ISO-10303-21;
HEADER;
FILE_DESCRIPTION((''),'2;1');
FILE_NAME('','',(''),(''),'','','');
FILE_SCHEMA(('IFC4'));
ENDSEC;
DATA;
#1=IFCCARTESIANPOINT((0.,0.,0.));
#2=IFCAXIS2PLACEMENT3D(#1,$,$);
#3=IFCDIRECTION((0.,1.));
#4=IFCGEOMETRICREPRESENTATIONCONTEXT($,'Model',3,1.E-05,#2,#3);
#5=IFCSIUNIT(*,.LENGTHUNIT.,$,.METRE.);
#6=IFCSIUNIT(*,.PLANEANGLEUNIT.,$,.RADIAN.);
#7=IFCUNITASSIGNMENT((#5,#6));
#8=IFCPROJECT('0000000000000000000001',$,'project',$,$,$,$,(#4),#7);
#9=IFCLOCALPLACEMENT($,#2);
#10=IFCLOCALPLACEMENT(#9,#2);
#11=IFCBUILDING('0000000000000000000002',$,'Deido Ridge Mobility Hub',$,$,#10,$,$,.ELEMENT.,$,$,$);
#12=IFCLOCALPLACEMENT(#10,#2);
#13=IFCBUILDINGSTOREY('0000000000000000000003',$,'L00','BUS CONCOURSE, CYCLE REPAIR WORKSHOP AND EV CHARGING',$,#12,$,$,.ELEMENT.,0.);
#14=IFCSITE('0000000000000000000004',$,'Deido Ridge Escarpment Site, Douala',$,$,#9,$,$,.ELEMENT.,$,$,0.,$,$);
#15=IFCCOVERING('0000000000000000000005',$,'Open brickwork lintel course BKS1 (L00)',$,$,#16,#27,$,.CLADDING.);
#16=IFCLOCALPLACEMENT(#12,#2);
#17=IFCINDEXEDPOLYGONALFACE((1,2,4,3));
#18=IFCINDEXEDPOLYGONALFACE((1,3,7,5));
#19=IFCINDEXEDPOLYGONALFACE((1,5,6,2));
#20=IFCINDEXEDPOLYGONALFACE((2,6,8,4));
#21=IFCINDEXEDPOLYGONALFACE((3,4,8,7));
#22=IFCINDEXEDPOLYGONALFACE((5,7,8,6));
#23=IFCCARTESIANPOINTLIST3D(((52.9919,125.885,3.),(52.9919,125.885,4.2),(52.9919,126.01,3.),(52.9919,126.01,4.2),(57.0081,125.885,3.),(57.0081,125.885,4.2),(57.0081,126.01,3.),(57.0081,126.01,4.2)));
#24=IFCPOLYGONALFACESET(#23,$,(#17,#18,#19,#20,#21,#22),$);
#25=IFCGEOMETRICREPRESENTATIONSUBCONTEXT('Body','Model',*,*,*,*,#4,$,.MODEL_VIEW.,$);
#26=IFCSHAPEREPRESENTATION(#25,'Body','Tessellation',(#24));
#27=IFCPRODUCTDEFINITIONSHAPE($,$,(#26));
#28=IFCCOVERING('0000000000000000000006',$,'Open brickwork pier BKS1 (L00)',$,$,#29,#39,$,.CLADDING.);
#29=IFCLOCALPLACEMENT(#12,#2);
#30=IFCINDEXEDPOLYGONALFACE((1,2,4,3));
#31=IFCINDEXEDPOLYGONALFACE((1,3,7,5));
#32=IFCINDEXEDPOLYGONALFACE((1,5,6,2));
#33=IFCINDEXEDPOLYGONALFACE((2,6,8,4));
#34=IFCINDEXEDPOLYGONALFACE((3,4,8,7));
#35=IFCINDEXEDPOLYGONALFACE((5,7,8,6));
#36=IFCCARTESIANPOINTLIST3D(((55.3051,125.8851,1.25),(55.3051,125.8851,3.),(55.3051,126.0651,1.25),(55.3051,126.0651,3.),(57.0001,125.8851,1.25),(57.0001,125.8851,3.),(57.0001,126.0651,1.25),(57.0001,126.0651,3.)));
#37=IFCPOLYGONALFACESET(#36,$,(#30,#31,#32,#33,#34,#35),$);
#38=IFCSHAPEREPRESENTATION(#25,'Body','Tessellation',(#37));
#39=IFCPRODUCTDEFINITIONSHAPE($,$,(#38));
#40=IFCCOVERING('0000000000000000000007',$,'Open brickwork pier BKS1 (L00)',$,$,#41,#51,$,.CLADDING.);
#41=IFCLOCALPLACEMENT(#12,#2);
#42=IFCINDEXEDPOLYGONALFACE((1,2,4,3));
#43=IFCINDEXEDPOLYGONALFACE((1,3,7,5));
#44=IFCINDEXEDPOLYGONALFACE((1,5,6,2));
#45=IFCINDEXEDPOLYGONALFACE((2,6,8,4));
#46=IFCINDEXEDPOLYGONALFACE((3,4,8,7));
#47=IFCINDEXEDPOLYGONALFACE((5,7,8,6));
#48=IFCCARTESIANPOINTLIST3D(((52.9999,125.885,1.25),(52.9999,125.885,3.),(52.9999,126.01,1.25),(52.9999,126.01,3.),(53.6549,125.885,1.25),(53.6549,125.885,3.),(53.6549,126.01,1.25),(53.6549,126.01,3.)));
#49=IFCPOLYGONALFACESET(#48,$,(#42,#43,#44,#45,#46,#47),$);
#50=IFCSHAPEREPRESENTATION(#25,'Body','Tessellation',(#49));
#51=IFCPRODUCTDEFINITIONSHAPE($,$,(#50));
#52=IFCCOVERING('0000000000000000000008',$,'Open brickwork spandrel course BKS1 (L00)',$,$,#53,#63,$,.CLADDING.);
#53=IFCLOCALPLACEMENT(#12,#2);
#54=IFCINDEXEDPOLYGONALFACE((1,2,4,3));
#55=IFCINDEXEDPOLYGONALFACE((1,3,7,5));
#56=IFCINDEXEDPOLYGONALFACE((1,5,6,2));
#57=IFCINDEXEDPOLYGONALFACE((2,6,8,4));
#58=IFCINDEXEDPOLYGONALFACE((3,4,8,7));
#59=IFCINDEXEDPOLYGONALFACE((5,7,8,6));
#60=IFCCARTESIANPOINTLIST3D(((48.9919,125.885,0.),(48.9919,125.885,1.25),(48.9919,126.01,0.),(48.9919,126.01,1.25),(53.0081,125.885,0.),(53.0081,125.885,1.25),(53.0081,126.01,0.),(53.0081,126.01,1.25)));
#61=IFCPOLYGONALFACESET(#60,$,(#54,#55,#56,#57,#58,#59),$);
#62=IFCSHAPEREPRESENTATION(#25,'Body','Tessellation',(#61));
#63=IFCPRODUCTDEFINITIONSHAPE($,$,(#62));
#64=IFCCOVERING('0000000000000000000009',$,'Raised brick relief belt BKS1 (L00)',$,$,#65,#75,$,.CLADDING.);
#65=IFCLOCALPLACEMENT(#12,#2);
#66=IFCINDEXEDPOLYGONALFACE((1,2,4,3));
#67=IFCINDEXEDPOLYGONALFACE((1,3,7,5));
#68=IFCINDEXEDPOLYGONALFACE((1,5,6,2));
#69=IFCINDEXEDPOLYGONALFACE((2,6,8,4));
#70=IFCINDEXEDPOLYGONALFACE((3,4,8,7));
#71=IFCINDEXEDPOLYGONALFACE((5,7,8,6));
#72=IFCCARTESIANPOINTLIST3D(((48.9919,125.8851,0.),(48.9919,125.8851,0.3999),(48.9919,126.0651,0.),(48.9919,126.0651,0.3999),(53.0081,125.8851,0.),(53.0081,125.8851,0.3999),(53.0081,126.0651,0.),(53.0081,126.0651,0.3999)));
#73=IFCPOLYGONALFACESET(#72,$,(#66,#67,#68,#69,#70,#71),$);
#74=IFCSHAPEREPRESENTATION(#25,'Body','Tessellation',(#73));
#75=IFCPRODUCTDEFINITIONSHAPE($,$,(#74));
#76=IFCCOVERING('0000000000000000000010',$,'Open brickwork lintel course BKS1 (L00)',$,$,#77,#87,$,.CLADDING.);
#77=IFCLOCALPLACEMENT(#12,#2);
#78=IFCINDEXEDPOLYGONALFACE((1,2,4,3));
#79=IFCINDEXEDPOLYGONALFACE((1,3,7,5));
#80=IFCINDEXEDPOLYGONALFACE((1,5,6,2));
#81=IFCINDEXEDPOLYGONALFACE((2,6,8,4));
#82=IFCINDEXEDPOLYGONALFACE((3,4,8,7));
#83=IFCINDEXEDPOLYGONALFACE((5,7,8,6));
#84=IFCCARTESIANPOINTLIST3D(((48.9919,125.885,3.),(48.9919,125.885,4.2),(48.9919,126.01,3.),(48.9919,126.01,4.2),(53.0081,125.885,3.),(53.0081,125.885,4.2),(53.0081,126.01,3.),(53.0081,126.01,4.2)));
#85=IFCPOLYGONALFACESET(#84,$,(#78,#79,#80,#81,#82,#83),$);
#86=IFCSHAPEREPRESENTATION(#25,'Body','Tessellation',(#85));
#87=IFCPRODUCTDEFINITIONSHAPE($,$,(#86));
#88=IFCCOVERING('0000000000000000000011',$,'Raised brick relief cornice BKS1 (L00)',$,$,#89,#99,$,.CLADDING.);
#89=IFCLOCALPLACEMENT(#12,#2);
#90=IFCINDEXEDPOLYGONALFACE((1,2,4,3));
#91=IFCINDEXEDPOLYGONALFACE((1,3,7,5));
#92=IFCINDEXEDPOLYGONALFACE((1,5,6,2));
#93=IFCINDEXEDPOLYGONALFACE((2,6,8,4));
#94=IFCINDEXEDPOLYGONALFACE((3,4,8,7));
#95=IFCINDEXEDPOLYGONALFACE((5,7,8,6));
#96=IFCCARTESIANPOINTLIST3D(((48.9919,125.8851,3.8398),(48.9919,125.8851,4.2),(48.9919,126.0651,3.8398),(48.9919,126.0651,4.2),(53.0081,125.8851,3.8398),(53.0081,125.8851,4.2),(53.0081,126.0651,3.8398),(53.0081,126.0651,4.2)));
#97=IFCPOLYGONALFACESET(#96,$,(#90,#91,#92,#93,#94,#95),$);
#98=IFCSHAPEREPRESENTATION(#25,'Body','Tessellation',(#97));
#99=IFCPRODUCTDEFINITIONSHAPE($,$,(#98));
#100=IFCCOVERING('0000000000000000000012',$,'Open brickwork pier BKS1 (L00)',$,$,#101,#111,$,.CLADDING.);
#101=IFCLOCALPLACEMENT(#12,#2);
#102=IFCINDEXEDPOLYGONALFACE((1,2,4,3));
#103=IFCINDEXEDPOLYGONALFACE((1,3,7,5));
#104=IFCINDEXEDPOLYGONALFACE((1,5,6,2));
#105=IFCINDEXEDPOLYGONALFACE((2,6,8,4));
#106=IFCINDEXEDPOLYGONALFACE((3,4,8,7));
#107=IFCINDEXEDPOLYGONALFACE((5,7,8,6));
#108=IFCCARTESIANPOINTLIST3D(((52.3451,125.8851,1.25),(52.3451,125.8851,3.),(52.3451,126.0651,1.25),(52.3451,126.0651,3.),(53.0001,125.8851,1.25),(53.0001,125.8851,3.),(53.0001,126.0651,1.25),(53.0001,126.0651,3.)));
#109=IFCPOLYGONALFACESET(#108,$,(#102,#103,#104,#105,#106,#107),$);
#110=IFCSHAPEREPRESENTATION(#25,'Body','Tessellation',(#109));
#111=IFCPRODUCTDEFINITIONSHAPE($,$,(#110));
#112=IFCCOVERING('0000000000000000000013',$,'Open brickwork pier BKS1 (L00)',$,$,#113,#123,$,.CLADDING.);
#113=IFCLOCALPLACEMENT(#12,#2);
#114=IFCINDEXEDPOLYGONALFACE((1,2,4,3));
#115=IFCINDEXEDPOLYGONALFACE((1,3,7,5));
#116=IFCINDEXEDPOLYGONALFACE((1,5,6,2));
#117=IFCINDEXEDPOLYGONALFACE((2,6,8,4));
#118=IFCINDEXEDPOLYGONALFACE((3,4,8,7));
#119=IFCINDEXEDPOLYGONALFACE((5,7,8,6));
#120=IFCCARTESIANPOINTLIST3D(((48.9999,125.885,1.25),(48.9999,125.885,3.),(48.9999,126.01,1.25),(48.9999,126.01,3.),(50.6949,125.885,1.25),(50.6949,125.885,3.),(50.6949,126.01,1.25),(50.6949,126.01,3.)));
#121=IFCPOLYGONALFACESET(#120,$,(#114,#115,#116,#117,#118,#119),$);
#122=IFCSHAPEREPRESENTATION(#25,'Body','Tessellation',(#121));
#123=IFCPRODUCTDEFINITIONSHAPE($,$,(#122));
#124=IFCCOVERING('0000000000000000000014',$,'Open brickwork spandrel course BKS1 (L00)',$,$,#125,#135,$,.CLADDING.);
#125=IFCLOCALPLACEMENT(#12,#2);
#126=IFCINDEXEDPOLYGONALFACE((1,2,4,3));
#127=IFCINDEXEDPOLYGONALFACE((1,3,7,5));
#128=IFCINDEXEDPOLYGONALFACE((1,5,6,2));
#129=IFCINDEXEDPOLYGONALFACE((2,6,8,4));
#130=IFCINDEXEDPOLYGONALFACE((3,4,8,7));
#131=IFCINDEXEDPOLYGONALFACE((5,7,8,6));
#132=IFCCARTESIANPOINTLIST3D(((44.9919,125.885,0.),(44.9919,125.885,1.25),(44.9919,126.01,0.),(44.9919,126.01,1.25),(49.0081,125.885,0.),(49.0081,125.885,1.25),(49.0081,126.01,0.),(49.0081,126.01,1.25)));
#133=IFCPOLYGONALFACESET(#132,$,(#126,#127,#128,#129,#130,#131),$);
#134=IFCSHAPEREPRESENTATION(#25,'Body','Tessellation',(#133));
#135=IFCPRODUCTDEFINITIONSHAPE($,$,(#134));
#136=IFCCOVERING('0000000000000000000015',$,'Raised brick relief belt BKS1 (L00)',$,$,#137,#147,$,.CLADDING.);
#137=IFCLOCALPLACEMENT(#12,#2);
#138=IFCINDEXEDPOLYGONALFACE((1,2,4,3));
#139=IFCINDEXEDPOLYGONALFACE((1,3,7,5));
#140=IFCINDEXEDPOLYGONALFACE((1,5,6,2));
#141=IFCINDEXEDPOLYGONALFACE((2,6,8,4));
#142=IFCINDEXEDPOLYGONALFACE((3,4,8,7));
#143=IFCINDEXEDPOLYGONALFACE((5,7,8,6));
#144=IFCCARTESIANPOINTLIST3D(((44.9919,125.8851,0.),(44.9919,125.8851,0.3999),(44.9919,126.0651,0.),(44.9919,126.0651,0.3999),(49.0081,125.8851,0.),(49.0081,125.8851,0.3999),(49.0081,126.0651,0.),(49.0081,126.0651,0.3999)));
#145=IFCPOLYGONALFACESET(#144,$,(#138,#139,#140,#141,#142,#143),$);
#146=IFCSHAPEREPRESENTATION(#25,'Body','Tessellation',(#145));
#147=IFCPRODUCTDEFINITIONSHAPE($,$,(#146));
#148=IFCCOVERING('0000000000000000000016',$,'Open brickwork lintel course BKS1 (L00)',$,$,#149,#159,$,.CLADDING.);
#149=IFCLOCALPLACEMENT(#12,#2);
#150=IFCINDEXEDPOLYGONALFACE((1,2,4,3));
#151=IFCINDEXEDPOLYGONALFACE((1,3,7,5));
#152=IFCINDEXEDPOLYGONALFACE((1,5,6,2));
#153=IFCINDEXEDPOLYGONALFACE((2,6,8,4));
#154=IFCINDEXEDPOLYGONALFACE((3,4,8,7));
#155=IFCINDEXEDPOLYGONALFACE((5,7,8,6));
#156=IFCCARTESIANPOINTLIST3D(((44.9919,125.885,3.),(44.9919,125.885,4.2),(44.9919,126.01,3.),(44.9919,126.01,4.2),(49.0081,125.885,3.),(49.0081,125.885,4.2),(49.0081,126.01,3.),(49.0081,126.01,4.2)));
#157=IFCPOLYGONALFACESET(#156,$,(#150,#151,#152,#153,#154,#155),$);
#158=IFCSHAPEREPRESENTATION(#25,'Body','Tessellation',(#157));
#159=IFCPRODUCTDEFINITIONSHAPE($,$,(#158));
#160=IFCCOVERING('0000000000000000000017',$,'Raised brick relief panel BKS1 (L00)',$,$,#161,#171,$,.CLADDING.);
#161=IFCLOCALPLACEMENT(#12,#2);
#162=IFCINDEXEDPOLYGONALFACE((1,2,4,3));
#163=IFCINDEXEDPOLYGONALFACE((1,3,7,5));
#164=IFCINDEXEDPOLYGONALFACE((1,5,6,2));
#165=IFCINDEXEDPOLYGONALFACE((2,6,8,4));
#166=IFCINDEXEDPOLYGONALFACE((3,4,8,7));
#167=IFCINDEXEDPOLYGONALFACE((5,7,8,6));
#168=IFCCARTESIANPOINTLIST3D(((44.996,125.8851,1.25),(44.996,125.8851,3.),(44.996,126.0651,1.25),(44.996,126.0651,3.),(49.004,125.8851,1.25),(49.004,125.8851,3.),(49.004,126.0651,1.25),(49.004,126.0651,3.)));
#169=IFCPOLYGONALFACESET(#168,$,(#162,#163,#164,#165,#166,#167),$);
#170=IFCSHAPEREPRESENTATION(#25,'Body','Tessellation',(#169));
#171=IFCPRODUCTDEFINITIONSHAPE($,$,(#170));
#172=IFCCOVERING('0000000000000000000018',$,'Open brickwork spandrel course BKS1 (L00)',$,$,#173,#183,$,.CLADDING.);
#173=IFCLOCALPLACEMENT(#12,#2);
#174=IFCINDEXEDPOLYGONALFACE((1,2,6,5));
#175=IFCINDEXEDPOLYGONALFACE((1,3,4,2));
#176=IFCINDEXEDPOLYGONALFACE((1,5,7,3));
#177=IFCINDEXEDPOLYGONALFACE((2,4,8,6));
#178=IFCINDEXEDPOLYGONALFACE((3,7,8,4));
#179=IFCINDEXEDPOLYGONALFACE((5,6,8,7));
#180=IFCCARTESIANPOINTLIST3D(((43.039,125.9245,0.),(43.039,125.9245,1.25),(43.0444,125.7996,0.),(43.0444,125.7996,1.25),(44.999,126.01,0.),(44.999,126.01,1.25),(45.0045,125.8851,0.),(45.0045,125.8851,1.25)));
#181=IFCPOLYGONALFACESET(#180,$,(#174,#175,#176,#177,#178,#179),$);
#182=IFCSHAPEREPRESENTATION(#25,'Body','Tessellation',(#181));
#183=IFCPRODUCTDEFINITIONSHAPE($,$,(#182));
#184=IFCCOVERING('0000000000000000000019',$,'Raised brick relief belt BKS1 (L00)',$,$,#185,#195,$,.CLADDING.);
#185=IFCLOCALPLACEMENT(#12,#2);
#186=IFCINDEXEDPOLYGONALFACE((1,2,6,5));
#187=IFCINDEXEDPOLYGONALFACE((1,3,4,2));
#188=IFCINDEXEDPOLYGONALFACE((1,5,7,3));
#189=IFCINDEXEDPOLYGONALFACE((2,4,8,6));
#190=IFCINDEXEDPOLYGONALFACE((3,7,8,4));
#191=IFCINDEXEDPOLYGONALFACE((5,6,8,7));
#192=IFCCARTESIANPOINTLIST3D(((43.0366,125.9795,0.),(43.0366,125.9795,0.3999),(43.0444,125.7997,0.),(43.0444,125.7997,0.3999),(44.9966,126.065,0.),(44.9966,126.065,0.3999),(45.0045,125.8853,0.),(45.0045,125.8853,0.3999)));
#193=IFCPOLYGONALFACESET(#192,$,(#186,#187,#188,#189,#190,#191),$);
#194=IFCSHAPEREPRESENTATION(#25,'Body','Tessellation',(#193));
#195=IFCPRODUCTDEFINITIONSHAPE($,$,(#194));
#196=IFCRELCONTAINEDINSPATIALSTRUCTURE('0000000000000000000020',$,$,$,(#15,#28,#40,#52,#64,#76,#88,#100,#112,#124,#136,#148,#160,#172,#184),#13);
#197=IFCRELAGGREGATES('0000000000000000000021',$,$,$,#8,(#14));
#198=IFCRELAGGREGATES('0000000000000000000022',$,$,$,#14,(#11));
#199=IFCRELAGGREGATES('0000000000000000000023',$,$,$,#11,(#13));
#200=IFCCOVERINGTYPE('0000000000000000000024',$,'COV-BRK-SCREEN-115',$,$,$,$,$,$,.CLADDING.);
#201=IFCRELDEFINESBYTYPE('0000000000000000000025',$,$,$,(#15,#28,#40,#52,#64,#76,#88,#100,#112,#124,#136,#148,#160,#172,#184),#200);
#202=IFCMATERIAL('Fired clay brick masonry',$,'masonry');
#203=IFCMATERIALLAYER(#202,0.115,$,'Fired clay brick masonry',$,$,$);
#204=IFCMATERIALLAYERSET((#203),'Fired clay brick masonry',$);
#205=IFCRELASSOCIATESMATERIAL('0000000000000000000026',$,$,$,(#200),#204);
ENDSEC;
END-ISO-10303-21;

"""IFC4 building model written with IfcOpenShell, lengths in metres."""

from ifc_helpers import new_model, si_unit, direction, frame, origin, origin_2d, place, context, subcontext, project, spatial, rectangle, extrude, material, layer, layer_set, type_object, element, save


model = new_model("IFC4")

# Units and contexts
model_context = context("Model", 3, precision=1e-05, world=origin(), true_north=direction((0.0, 1.0)))
body_context = subcontext(model_context, "Body", "Model", "MODEL_VIEW")
ifc_project = project(units=[si_unit("LENGTHUNIT", "METRE"), si_unit("PLANEANGLEUNIT", "RADIAN")], contexts=[model_context])

# Site, building, storey
site_placement = place(None, origin())
site = spatial("IfcSite", under=ifc_project, at=site_placement, Name="Deido Ridge Escarpment Site, Douala", CompositionType="ELEMENT", RefElevation=0.0)
building_placement = place(site_placement, origin())
building = spatial("IfcBuilding", under=site, at=building_placement, Name="Deido Ridge Mobility Hub", CompositionType="ELEMENT")
storey_placement = place(building_placement, origin())
storey = spatial("IfcBuildingStorey", under=building, at=storey_placement, Name="L00", Description="BUS CONCOURSE, CYCLE REPAIR WORKSHOP AND EV CHARGING", CompositionType="ELEMENT", Elevation=0.0)

# Coverings
ifc_material_1 = material(Name="Fired clay brick masonry", Category="masonry")
ifc_layer = layer(ifc_material_1, 0.115, Name="Fired clay brick masonry")
ifc_layer_set = layer_set([ifc_layer], Name="Fired clay brick masonry")
covering_type = type_object("IfcCoveringType", Name="COV-BRK-SCREEN-115", PredefinedType="CLADDING", material=ifc_layer_set)
covering_1_placement = place(storey_placement, frame((55.0, 125.9475, 3.0), z_axis=(0.0, 0.0, 1.0), x_axis=(-1.0, 0.0, 0.0)))
element("IfcCovering", 1, at=covering_1_placement, inside=storey, type_object=covering_type, Name="Open brickwork lintel course BKS1 (L00)", PredefinedType="CLADDING", context=body_context, shape_type="SweptSolid", body=[
    extrude(rectangle(XDim=4.0161, YDim=0.125, at=origin_2d()), origin(), (0.0, 0.0, 1.0), 1.2),
])
covering_2_placement = place(storey_placement, frame((56.1526, 125.9751, 1.25), z_axis=(0.0, 0.0, 1.0), x_axis=(-1.0, 0.0, 0.0)))
element("IfcCovering", 2, at=covering_2_placement, inside=storey, type_object=covering_type, Name="Open brickwork pier BKS1 (L00)", PredefinedType="CLADDING", context=body_context, shape_type="SweptSolid", body=[
    extrude(rectangle(XDim=1.6951, YDim=0.1799, at=origin_2d()), origin(), (0.0, 0.0, 1.0), 1.75),
])
covering_3_placement = place(storey_placement, frame((53.3274, 125.9475, 1.25), z_axis=(0.0, 0.0, 1.0), x_axis=(-1.0, 0.0, 0.0)))
element("IfcCovering", 3, at=covering_3_placement, inside=storey, type_object=covering_type, Name="Open brickwork pier BKS1 (L00)", PredefinedType="CLADDING", context=body_context, shape_type="SweptSolid", body=[
    extrude(rectangle(XDim=0.655, YDim=0.125, at=origin_2d()), origin(), (0.0, 0.0, 1.0), 1.75),
])
covering_4_placement = place(storey_placement, frame((51.0, 125.9475, 0.0), z_axis=(0.0, 0.0, 1.0), x_axis=(-1.0, 0.0, 0.0)))
element("IfcCovering", 4, at=covering_4_placement, inside=storey, type_object=covering_type, Name="Open brickwork spandrel course BKS1 (L00)", PredefinedType="CLADDING", context=body_context, shape_type="SweptSolid", body=[
    extrude(rectangle(XDim=4.0161, YDim=0.125, at=origin_2d()), origin(), (0.0, 0.0, 1.0), 1.25),
])
covering_5_placement = place(storey_placement, frame((51.0, 125.9751, 0.0), z_axis=(0.0, 0.0, 1.0), x_axis=(-1.0, 0.0, 0.0)))
element("IfcCovering", 5, at=covering_5_placement, inside=storey, type_object=covering_type, Name="Raised brick relief belt BKS1 (L00)", PredefinedType="CLADDING", context=body_context, shape_type="SweptSolid", body=[
    extrude(rectangle(XDim=4.0161, YDim=0.1799, at=origin_2d()), origin(), (0.0, 0.0, 1.0), 0.3999),
])
covering_6_placement = place(storey_placement, frame((51.0, 125.9475, 3.0), z_axis=(0.0, 0.0, 1.0), x_axis=(-1.0, 0.0, 0.0)))
element("IfcCovering", 6, at=covering_6_placement, inside=storey, type_object=covering_type, Name="Open brickwork lintel course BKS1 (L00)", PredefinedType="CLADDING", context=body_context, shape_type="SweptSolid", body=[
    extrude(rectangle(XDim=4.0161, YDim=0.125, at=origin_2d()), origin(), (0.0, 0.0, 1.0), 1.2),
])
covering_7_placement = place(storey_placement, frame((51.0, 125.9751, 3.8398), z_axis=(0.0, 0.0, 1.0), x_axis=(-1.0, 0.0, 0.0)))
element("IfcCovering", 7, at=covering_7_placement, inside=storey, type_object=covering_type, Name="Raised brick relief cornice BKS1 (L00)", PredefinedType="CLADDING", context=body_context, shape_type="SweptSolid", body=[
    extrude(rectangle(XDim=4.0161, YDim=0.1799, at=origin_2d()), origin(), (0.0, 0.0, 1.0), 0.3601),
])
covering_8_placement = place(storey_placement, frame((52.6726, 125.9751, 1.25), z_axis=(0.0, 0.0, 1.0), x_axis=(-1.0, 0.0, 0.0)))
element("IfcCovering", 8, at=covering_8_placement, inside=storey, type_object=covering_type, Name="Open brickwork pier BKS1 (L00)", PredefinedType="CLADDING", context=body_context, shape_type="SweptSolid", body=[
    extrude(rectangle(XDim=0.655, YDim=0.1799, at=origin_2d()), origin(), (0.0, 0.0, 1.0), 1.75),
])
covering_9_placement = place(storey_placement, frame((49.8474, 125.9475, 1.25), z_axis=(0.0, 0.0, 1.0), x_axis=(-1.0, 0.0, 0.0)))
element("IfcCovering", 9, at=covering_9_placement, inside=storey, type_object=covering_type, Name="Open brickwork pier BKS1 (L00)", PredefinedType="CLADDING", context=body_context, shape_type="SweptSolid", body=[
    extrude(rectangle(XDim=1.6951, YDim=0.125, at=origin_2d()), origin(), (0.0, 0.0, 1.0), 1.75),
])
covering_10_placement = place(storey_placement, frame((47.0, 125.9475, 0.0), z_axis=(0.0, 0.0, 1.0), x_axis=(-1.0, 0.0, 0.0)))
element("IfcCovering", 10, at=covering_10_placement, inside=storey, type_object=covering_type, Name="Open brickwork spandrel course BKS1 (L00)", PredefinedType="CLADDING", context=body_context, shape_type="SweptSolid", body=[
    extrude(rectangle(XDim=4.0161, YDim=0.125, at=origin_2d()), origin(), (0.0, 0.0, 1.0), 1.25),
])
covering_11_placement = place(storey_placement, frame((47.0, 125.9751, 0.0), z_axis=(0.0, 0.0, 1.0), x_axis=(-1.0, 0.0, 0.0)))
element("IfcCovering", 11, at=covering_11_placement, inside=storey, type_object=covering_type, Name="Raised brick relief belt BKS1 (L00)", PredefinedType="CLADDING", context=body_context, shape_type="SweptSolid", body=[
    extrude(rectangle(XDim=4.0161, YDim=0.1799, at=origin_2d()), origin(), (0.0, 0.0, 1.0), 0.3999),
])
covering_12_placement = place(storey_placement, frame((47.0, 125.9475, 3.0), z_axis=(0.0, 0.0, 1.0), x_axis=(-1.0, 0.0, 0.0)))
element("IfcCovering", 12, at=covering_12_placement, inside=storey, type_object=covering_type, Name="Open brickwork lintel course BKS1 (L00)", PredefinedType="CLADDING", context=body_context, shape_type="SweptSolid", body=[
    extrude(rectangle(XDim=4.0161, YDim=0.125, at=origin_2d()), origin(), (0.0, 0.0, 1.0), 1.2),
])
covering_13_placement = place(storey_placement, frame((47.0, 125.9751, 1.25), z_axis=(0.0, 0.0, 1.0), x_axis=(-1.0, 0.0, 0.0)))
element("IfcCovering", 13, at=covering_13_placement, inside=storey, type_object=covering_type, Name="Raised brick relief panel BKS1 (L00)", PredefinedType="CLADDING", context=body_context, shape_type="SweptSolid", body=[
    extrude(rectangle(XDim=4.0081, YDim=0.1799, at=origin_2d()), origin(), (0.0, 0.0, 1.0), 1.75),
])
covering_14_placement = place(storey_placement, frame((44.0217, 125.9048, 0.0), z_axis=(0.0, 0.0, 1.0), x_axis=(-0.999049, -0.043602, 0.0)))
element("IfcCovering", 14, at=covering_14_placement, inside=storey, type_object=covering_type, Name="Open brickwork spandrel course BKS1 (L00)", PredefinedType="CLADDING", context=body_context, shape_type="SweptSolid", body=[
    extrude(rectangle(XDim=1.9619, YDim=0.125, at=origin_2d()), origin(), (0.0, 0.0, 1.0), 1.25),
])
covering_15_placement = place(storey_placement, frame((44.0205, 125.9324, 0.0), z_axis=(0.0, 0.0, 1.0), x_axis=(-0.999049, -0.043602, 0.0)))
element("IfcCovering", 15, at=covering_15_placement, inside=storey, type_object=covering_type, Name="Raised brick relief belt BKS1 (L00)", PredefinedType="CLADDING", context=body_context, shape_type="SweptSolid", body=[
    extrude(rectangle(XDim=1.9619, YDim=0.1799, at=origin_2d()), origin(), (0.0, 0.0, 1.0), 0.3999),
])

save(model, "model.ifc")
